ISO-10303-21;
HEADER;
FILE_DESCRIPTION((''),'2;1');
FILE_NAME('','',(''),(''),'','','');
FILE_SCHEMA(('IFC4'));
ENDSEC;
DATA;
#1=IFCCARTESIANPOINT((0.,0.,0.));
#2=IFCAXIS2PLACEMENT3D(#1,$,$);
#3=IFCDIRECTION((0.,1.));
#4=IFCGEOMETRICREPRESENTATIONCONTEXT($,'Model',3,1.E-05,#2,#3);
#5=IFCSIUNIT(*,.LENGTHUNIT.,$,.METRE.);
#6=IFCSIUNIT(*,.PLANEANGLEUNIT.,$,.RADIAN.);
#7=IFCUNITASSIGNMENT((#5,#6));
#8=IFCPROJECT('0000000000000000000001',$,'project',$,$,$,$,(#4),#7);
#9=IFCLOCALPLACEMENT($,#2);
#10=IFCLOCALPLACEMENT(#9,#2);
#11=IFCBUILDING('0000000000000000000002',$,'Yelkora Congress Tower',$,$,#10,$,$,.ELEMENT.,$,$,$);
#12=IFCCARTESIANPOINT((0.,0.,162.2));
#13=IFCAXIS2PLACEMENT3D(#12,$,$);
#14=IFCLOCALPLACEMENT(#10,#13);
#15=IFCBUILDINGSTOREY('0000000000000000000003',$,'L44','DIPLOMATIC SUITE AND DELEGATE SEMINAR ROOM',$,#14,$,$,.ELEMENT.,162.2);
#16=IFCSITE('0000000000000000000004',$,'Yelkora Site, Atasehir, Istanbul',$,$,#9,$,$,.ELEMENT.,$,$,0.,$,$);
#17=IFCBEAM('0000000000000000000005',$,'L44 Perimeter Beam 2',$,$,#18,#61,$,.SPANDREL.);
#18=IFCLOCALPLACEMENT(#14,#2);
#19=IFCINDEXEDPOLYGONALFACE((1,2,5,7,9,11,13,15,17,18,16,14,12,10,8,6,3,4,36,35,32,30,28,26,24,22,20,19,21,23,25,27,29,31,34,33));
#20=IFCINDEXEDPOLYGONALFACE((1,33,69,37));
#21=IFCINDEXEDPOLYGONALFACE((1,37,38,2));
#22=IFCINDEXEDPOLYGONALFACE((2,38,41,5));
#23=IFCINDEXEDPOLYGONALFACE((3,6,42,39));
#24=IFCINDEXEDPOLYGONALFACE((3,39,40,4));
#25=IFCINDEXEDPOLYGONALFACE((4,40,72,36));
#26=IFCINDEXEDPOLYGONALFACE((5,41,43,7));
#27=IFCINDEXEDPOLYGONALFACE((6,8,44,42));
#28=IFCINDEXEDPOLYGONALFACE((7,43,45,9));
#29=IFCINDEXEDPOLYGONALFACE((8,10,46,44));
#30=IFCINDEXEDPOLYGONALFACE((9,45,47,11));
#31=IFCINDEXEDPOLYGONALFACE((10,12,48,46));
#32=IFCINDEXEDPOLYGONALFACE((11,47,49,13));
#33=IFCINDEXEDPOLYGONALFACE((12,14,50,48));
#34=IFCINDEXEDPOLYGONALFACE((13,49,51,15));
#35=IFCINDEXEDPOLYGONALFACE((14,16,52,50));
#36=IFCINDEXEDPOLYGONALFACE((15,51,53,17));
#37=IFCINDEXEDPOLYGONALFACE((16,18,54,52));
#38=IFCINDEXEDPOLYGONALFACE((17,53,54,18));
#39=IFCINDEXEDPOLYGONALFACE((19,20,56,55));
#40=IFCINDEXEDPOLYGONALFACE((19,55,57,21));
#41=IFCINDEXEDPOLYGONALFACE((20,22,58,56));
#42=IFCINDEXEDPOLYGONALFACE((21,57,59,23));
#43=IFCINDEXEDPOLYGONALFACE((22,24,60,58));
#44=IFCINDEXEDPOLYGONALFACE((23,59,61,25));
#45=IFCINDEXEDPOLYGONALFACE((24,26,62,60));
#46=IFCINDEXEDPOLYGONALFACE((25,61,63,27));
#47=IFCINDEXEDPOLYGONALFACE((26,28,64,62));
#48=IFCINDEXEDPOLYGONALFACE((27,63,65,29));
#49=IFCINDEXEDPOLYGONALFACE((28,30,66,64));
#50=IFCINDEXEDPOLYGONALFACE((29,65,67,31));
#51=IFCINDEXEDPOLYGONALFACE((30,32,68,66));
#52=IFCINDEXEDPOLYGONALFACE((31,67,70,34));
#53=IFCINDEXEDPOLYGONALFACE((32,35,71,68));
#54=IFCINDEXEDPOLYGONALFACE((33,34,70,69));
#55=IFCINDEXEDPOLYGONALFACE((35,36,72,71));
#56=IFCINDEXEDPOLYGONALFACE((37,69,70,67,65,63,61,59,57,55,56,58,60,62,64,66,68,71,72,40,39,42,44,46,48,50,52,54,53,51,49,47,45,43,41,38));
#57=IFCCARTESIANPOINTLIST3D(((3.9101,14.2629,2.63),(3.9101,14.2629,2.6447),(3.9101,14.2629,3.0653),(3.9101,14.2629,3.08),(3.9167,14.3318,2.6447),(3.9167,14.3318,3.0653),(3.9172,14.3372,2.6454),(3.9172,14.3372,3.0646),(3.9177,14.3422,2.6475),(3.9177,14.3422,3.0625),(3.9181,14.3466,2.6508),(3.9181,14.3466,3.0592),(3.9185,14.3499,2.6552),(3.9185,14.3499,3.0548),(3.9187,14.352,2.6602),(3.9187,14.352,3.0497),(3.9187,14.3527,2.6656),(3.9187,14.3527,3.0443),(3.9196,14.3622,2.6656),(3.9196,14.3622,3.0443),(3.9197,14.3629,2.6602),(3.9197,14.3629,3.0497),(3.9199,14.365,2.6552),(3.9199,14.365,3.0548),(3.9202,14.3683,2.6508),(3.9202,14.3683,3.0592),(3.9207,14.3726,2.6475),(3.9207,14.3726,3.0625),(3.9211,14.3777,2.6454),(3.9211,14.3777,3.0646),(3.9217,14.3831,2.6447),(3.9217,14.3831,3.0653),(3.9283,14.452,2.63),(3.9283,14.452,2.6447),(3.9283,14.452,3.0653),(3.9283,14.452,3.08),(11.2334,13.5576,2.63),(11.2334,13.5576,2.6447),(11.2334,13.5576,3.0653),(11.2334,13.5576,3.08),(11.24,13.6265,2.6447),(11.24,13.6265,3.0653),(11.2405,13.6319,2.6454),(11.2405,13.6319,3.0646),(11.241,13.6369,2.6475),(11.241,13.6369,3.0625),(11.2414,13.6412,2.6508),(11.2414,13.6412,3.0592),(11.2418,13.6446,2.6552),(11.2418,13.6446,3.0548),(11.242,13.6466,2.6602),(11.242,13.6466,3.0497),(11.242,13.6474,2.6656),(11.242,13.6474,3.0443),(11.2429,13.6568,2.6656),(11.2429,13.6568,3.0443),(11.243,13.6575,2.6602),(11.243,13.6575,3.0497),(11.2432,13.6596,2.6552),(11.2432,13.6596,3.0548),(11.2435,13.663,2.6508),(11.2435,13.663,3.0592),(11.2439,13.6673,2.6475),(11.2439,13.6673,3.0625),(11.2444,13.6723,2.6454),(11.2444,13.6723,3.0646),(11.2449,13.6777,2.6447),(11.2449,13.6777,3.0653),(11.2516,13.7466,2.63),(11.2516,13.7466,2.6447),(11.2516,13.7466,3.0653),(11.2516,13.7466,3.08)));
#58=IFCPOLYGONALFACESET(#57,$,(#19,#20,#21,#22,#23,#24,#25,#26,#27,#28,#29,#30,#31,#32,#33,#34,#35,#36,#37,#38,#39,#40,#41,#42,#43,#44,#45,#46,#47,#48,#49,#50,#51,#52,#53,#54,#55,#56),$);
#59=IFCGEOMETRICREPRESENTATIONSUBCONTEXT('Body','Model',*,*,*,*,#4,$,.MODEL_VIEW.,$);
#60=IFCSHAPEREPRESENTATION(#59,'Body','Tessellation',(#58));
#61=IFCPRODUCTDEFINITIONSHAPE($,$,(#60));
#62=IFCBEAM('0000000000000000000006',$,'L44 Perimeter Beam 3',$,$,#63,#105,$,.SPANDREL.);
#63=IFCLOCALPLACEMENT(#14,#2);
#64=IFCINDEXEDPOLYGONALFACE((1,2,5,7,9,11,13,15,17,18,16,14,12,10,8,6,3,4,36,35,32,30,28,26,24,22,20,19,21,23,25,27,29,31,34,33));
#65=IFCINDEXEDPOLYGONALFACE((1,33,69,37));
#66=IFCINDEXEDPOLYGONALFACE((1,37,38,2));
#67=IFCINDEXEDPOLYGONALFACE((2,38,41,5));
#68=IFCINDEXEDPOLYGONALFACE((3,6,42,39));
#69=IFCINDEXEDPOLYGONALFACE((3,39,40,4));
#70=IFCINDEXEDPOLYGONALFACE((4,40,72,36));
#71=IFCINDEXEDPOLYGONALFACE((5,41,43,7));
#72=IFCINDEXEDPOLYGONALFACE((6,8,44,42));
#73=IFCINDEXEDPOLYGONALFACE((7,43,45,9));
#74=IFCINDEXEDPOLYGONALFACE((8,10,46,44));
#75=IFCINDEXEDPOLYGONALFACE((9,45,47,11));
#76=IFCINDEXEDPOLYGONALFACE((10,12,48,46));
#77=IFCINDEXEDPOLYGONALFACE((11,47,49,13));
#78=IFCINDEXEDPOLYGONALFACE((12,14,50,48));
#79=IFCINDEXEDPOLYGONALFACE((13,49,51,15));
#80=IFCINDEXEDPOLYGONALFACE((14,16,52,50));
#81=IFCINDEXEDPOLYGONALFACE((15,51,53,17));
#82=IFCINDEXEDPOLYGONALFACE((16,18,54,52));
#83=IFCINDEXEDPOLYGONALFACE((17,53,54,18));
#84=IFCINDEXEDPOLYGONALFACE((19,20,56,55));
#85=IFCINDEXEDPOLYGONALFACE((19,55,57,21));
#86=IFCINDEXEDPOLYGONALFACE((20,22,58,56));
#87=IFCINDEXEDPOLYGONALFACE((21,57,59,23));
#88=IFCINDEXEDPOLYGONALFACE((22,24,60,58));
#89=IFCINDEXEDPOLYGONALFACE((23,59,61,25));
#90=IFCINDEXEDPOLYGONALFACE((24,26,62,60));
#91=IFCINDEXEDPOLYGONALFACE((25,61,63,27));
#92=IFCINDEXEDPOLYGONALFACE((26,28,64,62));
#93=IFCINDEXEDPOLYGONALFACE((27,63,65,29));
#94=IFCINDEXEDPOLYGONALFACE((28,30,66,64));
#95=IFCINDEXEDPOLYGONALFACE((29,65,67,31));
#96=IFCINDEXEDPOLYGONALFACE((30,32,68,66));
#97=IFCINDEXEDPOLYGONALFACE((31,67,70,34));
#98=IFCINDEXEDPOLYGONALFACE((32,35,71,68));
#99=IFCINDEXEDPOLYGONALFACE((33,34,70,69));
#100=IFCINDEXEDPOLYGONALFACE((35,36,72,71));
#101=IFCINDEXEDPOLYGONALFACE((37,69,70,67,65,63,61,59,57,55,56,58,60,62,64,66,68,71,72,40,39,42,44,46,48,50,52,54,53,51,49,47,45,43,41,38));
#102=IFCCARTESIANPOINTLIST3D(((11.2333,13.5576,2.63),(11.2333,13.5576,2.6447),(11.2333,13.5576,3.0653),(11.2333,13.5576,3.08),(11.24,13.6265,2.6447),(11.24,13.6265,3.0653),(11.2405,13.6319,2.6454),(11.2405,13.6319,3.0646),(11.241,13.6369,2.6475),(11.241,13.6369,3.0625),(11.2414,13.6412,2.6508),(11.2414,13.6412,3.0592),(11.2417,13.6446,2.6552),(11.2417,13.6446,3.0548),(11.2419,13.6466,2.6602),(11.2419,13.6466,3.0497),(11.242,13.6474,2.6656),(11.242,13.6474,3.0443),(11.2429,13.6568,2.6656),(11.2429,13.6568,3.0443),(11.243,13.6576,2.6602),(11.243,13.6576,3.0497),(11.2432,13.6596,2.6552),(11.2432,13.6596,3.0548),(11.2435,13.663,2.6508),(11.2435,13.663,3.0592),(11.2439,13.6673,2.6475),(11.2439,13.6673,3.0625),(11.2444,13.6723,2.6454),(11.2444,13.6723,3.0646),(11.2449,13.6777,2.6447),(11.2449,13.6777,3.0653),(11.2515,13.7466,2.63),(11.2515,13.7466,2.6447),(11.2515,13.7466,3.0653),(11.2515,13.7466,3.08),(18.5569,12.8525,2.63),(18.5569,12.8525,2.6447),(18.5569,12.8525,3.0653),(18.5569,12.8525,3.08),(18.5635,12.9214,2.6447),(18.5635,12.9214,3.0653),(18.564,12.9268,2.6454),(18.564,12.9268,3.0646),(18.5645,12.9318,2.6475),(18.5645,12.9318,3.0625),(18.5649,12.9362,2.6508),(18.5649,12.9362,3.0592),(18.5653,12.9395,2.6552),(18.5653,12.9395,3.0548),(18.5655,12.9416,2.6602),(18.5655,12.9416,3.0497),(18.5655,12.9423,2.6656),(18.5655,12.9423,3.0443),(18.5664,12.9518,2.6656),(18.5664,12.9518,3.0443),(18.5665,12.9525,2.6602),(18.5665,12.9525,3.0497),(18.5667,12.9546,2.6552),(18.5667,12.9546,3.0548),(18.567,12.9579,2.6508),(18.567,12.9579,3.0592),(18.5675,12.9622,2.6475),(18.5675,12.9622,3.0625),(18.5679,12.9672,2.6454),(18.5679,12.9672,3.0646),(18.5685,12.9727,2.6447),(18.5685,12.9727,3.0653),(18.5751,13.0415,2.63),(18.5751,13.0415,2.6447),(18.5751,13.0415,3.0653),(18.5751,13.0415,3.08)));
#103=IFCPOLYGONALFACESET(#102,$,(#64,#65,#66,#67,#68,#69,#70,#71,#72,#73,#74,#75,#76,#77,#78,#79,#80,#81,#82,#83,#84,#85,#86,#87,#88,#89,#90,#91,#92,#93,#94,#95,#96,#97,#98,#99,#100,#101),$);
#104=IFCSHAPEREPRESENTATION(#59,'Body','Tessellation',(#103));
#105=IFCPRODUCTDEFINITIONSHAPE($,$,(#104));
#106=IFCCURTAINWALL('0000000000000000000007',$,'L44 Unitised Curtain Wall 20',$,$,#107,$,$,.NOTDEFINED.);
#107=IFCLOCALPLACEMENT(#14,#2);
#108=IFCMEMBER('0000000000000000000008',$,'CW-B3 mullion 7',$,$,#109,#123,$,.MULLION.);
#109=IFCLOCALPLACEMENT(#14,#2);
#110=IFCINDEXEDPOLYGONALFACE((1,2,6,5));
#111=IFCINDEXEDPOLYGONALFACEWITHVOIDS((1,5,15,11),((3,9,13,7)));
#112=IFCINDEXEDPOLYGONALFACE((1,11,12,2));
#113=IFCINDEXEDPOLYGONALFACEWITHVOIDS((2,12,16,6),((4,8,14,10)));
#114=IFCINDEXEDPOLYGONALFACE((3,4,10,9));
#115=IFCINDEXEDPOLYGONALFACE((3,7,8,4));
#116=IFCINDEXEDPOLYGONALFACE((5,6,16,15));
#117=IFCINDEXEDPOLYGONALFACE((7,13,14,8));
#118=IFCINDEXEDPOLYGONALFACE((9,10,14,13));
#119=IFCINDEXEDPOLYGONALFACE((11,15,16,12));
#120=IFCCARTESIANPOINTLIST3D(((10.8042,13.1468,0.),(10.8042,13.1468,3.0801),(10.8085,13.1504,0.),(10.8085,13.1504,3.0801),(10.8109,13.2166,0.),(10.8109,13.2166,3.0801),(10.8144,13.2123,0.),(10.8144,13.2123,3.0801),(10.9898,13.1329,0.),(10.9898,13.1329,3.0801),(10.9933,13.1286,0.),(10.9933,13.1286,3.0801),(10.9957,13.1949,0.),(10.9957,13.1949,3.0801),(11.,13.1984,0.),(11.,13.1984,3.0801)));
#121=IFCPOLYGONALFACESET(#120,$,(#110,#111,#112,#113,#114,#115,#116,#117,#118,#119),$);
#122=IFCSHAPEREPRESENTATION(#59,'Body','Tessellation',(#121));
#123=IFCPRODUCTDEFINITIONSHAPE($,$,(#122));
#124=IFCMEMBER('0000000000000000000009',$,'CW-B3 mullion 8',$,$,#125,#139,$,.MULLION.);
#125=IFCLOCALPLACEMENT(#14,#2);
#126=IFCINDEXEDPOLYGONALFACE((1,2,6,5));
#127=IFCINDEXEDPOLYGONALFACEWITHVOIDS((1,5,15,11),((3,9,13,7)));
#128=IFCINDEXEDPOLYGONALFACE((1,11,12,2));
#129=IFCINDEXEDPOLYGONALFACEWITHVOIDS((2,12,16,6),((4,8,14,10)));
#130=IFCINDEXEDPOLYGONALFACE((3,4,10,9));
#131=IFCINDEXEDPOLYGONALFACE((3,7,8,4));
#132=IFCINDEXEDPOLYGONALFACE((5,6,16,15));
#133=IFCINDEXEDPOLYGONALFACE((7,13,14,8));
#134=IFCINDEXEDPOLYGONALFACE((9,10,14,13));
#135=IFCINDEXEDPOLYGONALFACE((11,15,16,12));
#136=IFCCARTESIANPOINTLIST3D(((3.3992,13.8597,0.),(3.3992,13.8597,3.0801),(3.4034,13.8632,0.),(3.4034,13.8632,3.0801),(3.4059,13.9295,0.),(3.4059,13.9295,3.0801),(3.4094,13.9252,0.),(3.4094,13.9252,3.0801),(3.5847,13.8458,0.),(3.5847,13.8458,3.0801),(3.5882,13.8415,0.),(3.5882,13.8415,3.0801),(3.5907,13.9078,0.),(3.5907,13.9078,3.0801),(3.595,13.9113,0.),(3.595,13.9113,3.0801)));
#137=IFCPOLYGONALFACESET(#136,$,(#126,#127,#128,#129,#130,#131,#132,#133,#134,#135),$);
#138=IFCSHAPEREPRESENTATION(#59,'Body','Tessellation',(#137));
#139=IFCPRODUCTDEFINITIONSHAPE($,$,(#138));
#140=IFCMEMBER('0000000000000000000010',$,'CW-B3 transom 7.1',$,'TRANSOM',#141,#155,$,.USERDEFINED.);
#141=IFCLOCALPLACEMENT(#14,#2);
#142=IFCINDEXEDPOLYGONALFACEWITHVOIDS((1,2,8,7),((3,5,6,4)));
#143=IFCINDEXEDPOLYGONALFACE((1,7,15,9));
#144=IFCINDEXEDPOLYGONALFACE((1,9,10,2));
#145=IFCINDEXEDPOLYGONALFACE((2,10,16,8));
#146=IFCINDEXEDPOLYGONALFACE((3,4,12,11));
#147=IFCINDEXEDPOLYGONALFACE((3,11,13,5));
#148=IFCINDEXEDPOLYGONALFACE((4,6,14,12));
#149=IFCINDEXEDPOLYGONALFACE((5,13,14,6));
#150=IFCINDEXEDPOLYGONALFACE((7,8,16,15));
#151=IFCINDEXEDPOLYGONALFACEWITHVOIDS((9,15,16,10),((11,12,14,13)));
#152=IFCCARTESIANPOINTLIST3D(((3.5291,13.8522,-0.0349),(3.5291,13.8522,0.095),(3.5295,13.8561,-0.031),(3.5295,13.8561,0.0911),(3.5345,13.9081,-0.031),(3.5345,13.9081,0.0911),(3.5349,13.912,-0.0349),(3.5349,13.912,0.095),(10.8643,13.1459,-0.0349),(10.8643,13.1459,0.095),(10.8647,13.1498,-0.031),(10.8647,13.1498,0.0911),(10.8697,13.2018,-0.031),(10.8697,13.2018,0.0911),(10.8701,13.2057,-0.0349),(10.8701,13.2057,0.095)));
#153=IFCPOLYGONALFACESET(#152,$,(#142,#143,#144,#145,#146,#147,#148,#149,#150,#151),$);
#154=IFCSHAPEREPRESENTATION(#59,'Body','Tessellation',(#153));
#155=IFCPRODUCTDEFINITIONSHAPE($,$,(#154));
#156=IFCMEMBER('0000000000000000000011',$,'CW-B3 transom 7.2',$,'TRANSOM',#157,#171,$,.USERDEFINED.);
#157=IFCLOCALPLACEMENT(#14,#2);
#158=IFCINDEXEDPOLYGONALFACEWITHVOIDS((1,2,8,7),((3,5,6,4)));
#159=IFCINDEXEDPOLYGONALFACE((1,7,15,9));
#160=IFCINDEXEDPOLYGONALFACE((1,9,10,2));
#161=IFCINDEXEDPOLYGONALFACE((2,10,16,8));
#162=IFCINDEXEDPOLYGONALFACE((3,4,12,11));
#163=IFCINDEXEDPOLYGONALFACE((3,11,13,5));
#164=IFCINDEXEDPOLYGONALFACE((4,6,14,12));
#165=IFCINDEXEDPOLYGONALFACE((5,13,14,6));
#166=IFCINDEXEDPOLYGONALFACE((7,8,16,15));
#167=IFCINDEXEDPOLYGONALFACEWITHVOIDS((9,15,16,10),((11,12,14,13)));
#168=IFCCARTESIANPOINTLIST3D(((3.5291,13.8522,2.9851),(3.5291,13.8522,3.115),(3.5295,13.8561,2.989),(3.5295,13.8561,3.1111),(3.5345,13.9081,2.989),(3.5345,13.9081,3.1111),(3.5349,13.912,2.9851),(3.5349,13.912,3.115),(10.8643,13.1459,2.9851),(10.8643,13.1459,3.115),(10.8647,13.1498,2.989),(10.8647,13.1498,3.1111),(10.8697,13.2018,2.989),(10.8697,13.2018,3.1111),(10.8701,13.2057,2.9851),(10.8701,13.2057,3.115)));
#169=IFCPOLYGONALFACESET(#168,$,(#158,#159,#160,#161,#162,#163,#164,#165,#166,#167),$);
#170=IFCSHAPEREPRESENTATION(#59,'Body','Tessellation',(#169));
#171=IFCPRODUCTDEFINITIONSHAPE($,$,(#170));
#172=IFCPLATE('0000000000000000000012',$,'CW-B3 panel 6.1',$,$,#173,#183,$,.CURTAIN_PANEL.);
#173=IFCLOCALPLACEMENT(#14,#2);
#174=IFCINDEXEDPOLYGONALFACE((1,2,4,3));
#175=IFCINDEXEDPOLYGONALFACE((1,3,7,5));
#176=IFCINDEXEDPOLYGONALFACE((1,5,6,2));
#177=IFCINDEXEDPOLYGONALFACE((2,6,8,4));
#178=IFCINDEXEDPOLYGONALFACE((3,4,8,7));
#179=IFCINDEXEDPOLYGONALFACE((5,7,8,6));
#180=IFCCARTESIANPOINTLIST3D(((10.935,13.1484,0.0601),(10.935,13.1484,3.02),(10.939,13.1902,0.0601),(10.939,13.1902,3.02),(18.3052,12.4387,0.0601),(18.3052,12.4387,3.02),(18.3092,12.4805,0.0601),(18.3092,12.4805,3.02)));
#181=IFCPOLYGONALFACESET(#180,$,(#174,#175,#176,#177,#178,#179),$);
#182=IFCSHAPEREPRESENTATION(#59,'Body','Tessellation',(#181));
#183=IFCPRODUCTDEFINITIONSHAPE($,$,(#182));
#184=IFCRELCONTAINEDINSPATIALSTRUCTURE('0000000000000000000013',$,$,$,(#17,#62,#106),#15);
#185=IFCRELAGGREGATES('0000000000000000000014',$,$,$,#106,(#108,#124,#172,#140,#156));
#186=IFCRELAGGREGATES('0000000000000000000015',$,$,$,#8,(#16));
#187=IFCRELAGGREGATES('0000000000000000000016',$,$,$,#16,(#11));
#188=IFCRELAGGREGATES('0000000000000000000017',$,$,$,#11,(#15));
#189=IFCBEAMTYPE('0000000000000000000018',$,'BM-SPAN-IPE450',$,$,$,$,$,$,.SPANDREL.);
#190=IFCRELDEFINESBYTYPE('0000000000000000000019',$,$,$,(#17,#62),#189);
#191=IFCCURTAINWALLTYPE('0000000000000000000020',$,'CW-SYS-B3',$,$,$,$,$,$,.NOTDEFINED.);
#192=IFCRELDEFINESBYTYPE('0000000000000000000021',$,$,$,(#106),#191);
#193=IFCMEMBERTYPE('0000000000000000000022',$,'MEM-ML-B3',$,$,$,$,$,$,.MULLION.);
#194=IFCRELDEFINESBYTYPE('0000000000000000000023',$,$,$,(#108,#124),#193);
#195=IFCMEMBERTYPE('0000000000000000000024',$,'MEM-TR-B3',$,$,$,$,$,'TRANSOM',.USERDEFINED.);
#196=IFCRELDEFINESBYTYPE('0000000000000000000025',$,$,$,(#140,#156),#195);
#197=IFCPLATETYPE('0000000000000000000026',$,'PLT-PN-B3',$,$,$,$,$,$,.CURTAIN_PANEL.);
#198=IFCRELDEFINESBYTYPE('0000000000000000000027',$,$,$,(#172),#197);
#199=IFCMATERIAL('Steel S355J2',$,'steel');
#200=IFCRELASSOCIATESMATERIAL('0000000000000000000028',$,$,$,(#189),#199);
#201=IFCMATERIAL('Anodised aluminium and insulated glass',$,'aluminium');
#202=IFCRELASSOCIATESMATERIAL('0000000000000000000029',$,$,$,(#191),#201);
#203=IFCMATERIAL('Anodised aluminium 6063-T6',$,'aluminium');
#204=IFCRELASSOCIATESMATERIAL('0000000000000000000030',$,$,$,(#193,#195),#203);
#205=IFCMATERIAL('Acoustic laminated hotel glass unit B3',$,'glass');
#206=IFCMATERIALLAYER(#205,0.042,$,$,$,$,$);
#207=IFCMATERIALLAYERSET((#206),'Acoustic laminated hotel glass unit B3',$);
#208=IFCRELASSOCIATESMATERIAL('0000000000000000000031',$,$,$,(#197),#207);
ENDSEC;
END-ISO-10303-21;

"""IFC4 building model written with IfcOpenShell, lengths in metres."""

from ifc_helpers import new_model, si_unit, direction, frame, origin, origin_2d, place, context, subcontext, project, spatial, rectangle, hollow_rectangle, i_section, extrude, material, layer, layer_set, material_profile, profile_set, type_object, element, aggregate, save


model = new_model("IFC4")

# Units and contexts
model_context = context("Model", 3, precision=1e-05, world=origin(), true_north=direction((0.0, 1.0)))
body_context = subcontext(model_context, "Body", "Model", "MODEL_VIEW")
ifc_project = project(units=[si_unit("LENGTHUNIT", "METRE"), si_unit("PLANEANGLEUNIT", "RADIAN")], contexts=[model_context])

# Site, building, storey
site_placement = place(None, origin())
site = spatial("IfcSite", under=ifc_project, at=site_placement, Name="Yelkora Site, Atasehir, Istanbul", CompositionType="ELEMENT", RefElevation=0.0)
building_placement = place(site_placement, origin())
building = spatial("IfcBuilding", under=site, at=building_placement, Name="Yelkora Congress Tower", CompositionType="ELEMENT")
storey_placement = place(building_placement, frame((0.0, 0.0, 162.2)))
storey = spatial("IfcBuildingStorey", under=building, at=storey_placement, Name="L44", Description="DIPLOMATIC SUITE AND DELEGATE SEMINAR ROOM", CompositionType="ELEMENT", Elevation=162.2)

# Beams
ifc_material_1 = material(Name="Steel S355J2", Category="steel")
ifc_material_profile_1 = material_profile(ifc_material_1, i_section(OverallWidth=0.1899, OverallDepth=0.45, WebThickness=0.0095, FlangeThickness=0.0146, FilletRadius=0.021, at=origin_2d()), Name="IPE 450")
ifc_profile_set_1 = profile_set([ifc_material_profile_1], Name="Steel S355J2")
beam_type_1 = type_object("IfcBeamType", Name="BM-SPAN-IPE450", PredefinedType="SPANDREL", material=ifc_profile_set_1)
beam_1_placement = place(storey_placement, frame((3.9192, 14.3574, 2.855), z_axis=(0.995394, -0.095869, 0.0), x_axis=(0.095869, 0.995394, 0.0)))
element("IfcBeam", 1, at=beam_1_placement, inside=storey, type_object=beam_type_1, Name="L44 Perimeter Beam 2", PredefinedType="SPANDREL", context=body_context, shape_type="SweptSolid", body=[
    extrude(i_section(OverallWidth=0.1899, OverallDepth=0.45, WebThickness=0.0095, FlangeThickness=0.0146, FilletRadius=0.021, at=origin_2d()), origin(), (0.0, 0.0, 1.0), 7.3572),
])
beam_2_placement = place(storey_placement, frame((11.2424, 13.6521, 2.855), z_axis=(0.995397, -0.095833, 0.0), x_axis=(0.095833, 0.995397, 0.0)))
element("IfcBeam", 2, at=beam_2_placement, inside=storey, type_object=beam_type_1, Name="L44 Perimeter Beam 3", PredefinedType="SPANDREL", context=body_context, shape_type="SweptSolid", body=[
    extrude(i_section(OverallWidth=0.1899, OverallDepth=0.45, WebThickness=0.0095, FlangeThickness=0.0146, FilletRadius=0.021, at=origin_2d()), origin(), (0.0, 0.0, 1.0), 7.3574),
])

# Curtain wall, members, plate
ifc_material_2 = material(Name="Anodised aluminium and insulated glass", Category="aluminium")
curtain_wall_type = type_object("IfcCurtainWallType", Name="CW-SYS-B3", PredefinedType="NOTDEFINED", material=ifc_material_2)
curtain_wall_placement = place(storey_placement, origin())
curtain_wall = element("IfcCurtainWall", 3, at=curtain_wall_placement, inside=storey, type_object=curtain_wall_type, Name="L44 Unitised Curtain Wall 20", PredefinedType="NOTDEFINED")
ifc_material_3 = material(Name="Anodised aluminium 6063-T6", Category="aluminium")
ifc_material_profile_2 = material_profile(ifc_material_3, hollow_rectangle(XDim=0.0701, YDim=0.1899, WallThickness=0.0039, at=origin_2d()), Name="ALU 70x190x4")
ifc_profile_set_2 = profile_set([ifc_material_profile_2], Name="Anodised aluminium 6063-T6")
member_type_1 = type_object("IfcMemberType", Name="MEM-ML-B3", PredefinedType="MULLION", material=ifc_profile_set_2)
member_1_placement = place(storey_placement, frame((10.9021, 13.1726, 0.0), z_axis=(0.0, 0.0, 1.0), x_axis=(-0.095845, -0.995396, 0.0)))
member_1 = element("IfcMember", 4, at=member_1_placement, type_object=member_type_1, Name="CW-B3 mullion 7", PredefinedType="MULLION", context=body_context, shape_type="SweptSolid", body=[
    extrude(hollow_rectangle(XDim=0.0701, YDim=0.1899, WallThickness=0.0039, at=origin_2d()), origin(), (0.0, 0.0, 1.0), 3.0801),
])
member_2_placement = place(storey_placement, frame((3.4971, 13.8855, 0.0), z_axis=(0.0, 0.0, 1.0), x_axis=(-0.095845, -0.995396, 0.0)))
member_2 = element("IfcMember", 5, at=member_2_placement, type_object=member_type_1, Name="CW-B3 mullion 8", PredefinedType="MULLION", context=body_context, shape_type="SweptSolid", body=[
    extrude(hollow_rectangle(XDim=0.0701, YDim=0.1899, WallThickness=0.0039, at=origin_2d()), origin(), (0.0, 0.0, 1.0), 3.0801),
])
ifc_material_profile_3 = material_profile(ifc_material_3, hollow_rectangle(XDim=0.0601, YDim=0.1299, WallThickness=0.0039, at=origin_2d()), Name="ALU 60x130x4")
ifc_profile_set_3 = profile_set([ifc_material_profile_3], Name="Anodised aluminium 6063-T6")
member_type_2 = type_object("IfcMemberType", Name="MEM-TR-B3", ElementType="TRANSOM", PredefinedType="USERDEFINED", material=ifc_profile_set_3)
member_3_placement = place(storey_placement, frame((10.8672, 13.1758, 0.03), z_axis=(-0.995396, 0.095846, 0.0), x_axis=(-0.095846, -0.995396, 0.0)))
member_3 = element("IfcMember", 6, at=member_3_placement, type_object=member_type_2, Name="CW-B3 transom 7.1", ObjectType="TRANSOM", PredefinedType="USERDEFINED", context=body_context, shape_type="SweptSolid", body=[
    extrude(hollow_rectangle(XDim=0.0601, YDim=0.1299, WallThickness=0.0039, at=origin_2d()), origin(), (0.0, 0.0, 1.0), 7.3691),
])
member_4_placement = place(storey_placement, frame((10.8672, 13.1758, 3.05), z_axis=(-0.995396, 0.095846, 0.0), x_axis=(-0.095846, -0.995396, 0.0)))
member_4 = element("IfcMember", 7, at=member_4_placement, type_object=member_type_2, Name="CW-B3 transom 7.2", ObjectType="TRANSOM", PredefinedType="USERDEFINED", context=body_context, shape_type="SweptSolid", body=[
    extrude(hollow_rectangle(XDim=0.0601, YDim=0.1299, WallThickness=0.0039, at=origin_2d()), origin(), (0.0, 0.0, 1.0), 7.3691),
])
ifc_material_4 = material(Name="Acoustic laminated hotel glass unit B3", Category="glass")
ifc_layer_1 = layer(ifc_material_4, 0.042)
ifc_layer_set_1 = layer_set([ifc_layer_1], Name="Acoustic laminated hotel glass unit B3")
plate_type = type_object("IfcPlateType", Name="PLT-PN-B3", PredefinedType="CURTAIN_PANEL", material=ifc_layer_set_1)
plate_1_placement = place(storey_placement, frame((14.6221, 12.8145, 0.0601), z_axis=(0.0, 0.0, 1.0), x_axis=(-0.995396, 0.095845, 0.0)))
plate_1 = element("IfcPlate", 8, at=plate_1_placement, type_object=plate_type, Name="CW-B3 panel 6.1", PredefinedType="CURTAIN_PANEL", context=body_context, shape_type="SweptSolid", body=[
    extrude(rectangle(XDim=7.4043, YDim=0.042, at=origin_2d()), origin(), (0.0, 0.0, 1.0), 2.96),
])
aggregate(curtain_wall, [member_1, member_2, plate_1, member_3, member_4])

save(model, "model.ifc")
